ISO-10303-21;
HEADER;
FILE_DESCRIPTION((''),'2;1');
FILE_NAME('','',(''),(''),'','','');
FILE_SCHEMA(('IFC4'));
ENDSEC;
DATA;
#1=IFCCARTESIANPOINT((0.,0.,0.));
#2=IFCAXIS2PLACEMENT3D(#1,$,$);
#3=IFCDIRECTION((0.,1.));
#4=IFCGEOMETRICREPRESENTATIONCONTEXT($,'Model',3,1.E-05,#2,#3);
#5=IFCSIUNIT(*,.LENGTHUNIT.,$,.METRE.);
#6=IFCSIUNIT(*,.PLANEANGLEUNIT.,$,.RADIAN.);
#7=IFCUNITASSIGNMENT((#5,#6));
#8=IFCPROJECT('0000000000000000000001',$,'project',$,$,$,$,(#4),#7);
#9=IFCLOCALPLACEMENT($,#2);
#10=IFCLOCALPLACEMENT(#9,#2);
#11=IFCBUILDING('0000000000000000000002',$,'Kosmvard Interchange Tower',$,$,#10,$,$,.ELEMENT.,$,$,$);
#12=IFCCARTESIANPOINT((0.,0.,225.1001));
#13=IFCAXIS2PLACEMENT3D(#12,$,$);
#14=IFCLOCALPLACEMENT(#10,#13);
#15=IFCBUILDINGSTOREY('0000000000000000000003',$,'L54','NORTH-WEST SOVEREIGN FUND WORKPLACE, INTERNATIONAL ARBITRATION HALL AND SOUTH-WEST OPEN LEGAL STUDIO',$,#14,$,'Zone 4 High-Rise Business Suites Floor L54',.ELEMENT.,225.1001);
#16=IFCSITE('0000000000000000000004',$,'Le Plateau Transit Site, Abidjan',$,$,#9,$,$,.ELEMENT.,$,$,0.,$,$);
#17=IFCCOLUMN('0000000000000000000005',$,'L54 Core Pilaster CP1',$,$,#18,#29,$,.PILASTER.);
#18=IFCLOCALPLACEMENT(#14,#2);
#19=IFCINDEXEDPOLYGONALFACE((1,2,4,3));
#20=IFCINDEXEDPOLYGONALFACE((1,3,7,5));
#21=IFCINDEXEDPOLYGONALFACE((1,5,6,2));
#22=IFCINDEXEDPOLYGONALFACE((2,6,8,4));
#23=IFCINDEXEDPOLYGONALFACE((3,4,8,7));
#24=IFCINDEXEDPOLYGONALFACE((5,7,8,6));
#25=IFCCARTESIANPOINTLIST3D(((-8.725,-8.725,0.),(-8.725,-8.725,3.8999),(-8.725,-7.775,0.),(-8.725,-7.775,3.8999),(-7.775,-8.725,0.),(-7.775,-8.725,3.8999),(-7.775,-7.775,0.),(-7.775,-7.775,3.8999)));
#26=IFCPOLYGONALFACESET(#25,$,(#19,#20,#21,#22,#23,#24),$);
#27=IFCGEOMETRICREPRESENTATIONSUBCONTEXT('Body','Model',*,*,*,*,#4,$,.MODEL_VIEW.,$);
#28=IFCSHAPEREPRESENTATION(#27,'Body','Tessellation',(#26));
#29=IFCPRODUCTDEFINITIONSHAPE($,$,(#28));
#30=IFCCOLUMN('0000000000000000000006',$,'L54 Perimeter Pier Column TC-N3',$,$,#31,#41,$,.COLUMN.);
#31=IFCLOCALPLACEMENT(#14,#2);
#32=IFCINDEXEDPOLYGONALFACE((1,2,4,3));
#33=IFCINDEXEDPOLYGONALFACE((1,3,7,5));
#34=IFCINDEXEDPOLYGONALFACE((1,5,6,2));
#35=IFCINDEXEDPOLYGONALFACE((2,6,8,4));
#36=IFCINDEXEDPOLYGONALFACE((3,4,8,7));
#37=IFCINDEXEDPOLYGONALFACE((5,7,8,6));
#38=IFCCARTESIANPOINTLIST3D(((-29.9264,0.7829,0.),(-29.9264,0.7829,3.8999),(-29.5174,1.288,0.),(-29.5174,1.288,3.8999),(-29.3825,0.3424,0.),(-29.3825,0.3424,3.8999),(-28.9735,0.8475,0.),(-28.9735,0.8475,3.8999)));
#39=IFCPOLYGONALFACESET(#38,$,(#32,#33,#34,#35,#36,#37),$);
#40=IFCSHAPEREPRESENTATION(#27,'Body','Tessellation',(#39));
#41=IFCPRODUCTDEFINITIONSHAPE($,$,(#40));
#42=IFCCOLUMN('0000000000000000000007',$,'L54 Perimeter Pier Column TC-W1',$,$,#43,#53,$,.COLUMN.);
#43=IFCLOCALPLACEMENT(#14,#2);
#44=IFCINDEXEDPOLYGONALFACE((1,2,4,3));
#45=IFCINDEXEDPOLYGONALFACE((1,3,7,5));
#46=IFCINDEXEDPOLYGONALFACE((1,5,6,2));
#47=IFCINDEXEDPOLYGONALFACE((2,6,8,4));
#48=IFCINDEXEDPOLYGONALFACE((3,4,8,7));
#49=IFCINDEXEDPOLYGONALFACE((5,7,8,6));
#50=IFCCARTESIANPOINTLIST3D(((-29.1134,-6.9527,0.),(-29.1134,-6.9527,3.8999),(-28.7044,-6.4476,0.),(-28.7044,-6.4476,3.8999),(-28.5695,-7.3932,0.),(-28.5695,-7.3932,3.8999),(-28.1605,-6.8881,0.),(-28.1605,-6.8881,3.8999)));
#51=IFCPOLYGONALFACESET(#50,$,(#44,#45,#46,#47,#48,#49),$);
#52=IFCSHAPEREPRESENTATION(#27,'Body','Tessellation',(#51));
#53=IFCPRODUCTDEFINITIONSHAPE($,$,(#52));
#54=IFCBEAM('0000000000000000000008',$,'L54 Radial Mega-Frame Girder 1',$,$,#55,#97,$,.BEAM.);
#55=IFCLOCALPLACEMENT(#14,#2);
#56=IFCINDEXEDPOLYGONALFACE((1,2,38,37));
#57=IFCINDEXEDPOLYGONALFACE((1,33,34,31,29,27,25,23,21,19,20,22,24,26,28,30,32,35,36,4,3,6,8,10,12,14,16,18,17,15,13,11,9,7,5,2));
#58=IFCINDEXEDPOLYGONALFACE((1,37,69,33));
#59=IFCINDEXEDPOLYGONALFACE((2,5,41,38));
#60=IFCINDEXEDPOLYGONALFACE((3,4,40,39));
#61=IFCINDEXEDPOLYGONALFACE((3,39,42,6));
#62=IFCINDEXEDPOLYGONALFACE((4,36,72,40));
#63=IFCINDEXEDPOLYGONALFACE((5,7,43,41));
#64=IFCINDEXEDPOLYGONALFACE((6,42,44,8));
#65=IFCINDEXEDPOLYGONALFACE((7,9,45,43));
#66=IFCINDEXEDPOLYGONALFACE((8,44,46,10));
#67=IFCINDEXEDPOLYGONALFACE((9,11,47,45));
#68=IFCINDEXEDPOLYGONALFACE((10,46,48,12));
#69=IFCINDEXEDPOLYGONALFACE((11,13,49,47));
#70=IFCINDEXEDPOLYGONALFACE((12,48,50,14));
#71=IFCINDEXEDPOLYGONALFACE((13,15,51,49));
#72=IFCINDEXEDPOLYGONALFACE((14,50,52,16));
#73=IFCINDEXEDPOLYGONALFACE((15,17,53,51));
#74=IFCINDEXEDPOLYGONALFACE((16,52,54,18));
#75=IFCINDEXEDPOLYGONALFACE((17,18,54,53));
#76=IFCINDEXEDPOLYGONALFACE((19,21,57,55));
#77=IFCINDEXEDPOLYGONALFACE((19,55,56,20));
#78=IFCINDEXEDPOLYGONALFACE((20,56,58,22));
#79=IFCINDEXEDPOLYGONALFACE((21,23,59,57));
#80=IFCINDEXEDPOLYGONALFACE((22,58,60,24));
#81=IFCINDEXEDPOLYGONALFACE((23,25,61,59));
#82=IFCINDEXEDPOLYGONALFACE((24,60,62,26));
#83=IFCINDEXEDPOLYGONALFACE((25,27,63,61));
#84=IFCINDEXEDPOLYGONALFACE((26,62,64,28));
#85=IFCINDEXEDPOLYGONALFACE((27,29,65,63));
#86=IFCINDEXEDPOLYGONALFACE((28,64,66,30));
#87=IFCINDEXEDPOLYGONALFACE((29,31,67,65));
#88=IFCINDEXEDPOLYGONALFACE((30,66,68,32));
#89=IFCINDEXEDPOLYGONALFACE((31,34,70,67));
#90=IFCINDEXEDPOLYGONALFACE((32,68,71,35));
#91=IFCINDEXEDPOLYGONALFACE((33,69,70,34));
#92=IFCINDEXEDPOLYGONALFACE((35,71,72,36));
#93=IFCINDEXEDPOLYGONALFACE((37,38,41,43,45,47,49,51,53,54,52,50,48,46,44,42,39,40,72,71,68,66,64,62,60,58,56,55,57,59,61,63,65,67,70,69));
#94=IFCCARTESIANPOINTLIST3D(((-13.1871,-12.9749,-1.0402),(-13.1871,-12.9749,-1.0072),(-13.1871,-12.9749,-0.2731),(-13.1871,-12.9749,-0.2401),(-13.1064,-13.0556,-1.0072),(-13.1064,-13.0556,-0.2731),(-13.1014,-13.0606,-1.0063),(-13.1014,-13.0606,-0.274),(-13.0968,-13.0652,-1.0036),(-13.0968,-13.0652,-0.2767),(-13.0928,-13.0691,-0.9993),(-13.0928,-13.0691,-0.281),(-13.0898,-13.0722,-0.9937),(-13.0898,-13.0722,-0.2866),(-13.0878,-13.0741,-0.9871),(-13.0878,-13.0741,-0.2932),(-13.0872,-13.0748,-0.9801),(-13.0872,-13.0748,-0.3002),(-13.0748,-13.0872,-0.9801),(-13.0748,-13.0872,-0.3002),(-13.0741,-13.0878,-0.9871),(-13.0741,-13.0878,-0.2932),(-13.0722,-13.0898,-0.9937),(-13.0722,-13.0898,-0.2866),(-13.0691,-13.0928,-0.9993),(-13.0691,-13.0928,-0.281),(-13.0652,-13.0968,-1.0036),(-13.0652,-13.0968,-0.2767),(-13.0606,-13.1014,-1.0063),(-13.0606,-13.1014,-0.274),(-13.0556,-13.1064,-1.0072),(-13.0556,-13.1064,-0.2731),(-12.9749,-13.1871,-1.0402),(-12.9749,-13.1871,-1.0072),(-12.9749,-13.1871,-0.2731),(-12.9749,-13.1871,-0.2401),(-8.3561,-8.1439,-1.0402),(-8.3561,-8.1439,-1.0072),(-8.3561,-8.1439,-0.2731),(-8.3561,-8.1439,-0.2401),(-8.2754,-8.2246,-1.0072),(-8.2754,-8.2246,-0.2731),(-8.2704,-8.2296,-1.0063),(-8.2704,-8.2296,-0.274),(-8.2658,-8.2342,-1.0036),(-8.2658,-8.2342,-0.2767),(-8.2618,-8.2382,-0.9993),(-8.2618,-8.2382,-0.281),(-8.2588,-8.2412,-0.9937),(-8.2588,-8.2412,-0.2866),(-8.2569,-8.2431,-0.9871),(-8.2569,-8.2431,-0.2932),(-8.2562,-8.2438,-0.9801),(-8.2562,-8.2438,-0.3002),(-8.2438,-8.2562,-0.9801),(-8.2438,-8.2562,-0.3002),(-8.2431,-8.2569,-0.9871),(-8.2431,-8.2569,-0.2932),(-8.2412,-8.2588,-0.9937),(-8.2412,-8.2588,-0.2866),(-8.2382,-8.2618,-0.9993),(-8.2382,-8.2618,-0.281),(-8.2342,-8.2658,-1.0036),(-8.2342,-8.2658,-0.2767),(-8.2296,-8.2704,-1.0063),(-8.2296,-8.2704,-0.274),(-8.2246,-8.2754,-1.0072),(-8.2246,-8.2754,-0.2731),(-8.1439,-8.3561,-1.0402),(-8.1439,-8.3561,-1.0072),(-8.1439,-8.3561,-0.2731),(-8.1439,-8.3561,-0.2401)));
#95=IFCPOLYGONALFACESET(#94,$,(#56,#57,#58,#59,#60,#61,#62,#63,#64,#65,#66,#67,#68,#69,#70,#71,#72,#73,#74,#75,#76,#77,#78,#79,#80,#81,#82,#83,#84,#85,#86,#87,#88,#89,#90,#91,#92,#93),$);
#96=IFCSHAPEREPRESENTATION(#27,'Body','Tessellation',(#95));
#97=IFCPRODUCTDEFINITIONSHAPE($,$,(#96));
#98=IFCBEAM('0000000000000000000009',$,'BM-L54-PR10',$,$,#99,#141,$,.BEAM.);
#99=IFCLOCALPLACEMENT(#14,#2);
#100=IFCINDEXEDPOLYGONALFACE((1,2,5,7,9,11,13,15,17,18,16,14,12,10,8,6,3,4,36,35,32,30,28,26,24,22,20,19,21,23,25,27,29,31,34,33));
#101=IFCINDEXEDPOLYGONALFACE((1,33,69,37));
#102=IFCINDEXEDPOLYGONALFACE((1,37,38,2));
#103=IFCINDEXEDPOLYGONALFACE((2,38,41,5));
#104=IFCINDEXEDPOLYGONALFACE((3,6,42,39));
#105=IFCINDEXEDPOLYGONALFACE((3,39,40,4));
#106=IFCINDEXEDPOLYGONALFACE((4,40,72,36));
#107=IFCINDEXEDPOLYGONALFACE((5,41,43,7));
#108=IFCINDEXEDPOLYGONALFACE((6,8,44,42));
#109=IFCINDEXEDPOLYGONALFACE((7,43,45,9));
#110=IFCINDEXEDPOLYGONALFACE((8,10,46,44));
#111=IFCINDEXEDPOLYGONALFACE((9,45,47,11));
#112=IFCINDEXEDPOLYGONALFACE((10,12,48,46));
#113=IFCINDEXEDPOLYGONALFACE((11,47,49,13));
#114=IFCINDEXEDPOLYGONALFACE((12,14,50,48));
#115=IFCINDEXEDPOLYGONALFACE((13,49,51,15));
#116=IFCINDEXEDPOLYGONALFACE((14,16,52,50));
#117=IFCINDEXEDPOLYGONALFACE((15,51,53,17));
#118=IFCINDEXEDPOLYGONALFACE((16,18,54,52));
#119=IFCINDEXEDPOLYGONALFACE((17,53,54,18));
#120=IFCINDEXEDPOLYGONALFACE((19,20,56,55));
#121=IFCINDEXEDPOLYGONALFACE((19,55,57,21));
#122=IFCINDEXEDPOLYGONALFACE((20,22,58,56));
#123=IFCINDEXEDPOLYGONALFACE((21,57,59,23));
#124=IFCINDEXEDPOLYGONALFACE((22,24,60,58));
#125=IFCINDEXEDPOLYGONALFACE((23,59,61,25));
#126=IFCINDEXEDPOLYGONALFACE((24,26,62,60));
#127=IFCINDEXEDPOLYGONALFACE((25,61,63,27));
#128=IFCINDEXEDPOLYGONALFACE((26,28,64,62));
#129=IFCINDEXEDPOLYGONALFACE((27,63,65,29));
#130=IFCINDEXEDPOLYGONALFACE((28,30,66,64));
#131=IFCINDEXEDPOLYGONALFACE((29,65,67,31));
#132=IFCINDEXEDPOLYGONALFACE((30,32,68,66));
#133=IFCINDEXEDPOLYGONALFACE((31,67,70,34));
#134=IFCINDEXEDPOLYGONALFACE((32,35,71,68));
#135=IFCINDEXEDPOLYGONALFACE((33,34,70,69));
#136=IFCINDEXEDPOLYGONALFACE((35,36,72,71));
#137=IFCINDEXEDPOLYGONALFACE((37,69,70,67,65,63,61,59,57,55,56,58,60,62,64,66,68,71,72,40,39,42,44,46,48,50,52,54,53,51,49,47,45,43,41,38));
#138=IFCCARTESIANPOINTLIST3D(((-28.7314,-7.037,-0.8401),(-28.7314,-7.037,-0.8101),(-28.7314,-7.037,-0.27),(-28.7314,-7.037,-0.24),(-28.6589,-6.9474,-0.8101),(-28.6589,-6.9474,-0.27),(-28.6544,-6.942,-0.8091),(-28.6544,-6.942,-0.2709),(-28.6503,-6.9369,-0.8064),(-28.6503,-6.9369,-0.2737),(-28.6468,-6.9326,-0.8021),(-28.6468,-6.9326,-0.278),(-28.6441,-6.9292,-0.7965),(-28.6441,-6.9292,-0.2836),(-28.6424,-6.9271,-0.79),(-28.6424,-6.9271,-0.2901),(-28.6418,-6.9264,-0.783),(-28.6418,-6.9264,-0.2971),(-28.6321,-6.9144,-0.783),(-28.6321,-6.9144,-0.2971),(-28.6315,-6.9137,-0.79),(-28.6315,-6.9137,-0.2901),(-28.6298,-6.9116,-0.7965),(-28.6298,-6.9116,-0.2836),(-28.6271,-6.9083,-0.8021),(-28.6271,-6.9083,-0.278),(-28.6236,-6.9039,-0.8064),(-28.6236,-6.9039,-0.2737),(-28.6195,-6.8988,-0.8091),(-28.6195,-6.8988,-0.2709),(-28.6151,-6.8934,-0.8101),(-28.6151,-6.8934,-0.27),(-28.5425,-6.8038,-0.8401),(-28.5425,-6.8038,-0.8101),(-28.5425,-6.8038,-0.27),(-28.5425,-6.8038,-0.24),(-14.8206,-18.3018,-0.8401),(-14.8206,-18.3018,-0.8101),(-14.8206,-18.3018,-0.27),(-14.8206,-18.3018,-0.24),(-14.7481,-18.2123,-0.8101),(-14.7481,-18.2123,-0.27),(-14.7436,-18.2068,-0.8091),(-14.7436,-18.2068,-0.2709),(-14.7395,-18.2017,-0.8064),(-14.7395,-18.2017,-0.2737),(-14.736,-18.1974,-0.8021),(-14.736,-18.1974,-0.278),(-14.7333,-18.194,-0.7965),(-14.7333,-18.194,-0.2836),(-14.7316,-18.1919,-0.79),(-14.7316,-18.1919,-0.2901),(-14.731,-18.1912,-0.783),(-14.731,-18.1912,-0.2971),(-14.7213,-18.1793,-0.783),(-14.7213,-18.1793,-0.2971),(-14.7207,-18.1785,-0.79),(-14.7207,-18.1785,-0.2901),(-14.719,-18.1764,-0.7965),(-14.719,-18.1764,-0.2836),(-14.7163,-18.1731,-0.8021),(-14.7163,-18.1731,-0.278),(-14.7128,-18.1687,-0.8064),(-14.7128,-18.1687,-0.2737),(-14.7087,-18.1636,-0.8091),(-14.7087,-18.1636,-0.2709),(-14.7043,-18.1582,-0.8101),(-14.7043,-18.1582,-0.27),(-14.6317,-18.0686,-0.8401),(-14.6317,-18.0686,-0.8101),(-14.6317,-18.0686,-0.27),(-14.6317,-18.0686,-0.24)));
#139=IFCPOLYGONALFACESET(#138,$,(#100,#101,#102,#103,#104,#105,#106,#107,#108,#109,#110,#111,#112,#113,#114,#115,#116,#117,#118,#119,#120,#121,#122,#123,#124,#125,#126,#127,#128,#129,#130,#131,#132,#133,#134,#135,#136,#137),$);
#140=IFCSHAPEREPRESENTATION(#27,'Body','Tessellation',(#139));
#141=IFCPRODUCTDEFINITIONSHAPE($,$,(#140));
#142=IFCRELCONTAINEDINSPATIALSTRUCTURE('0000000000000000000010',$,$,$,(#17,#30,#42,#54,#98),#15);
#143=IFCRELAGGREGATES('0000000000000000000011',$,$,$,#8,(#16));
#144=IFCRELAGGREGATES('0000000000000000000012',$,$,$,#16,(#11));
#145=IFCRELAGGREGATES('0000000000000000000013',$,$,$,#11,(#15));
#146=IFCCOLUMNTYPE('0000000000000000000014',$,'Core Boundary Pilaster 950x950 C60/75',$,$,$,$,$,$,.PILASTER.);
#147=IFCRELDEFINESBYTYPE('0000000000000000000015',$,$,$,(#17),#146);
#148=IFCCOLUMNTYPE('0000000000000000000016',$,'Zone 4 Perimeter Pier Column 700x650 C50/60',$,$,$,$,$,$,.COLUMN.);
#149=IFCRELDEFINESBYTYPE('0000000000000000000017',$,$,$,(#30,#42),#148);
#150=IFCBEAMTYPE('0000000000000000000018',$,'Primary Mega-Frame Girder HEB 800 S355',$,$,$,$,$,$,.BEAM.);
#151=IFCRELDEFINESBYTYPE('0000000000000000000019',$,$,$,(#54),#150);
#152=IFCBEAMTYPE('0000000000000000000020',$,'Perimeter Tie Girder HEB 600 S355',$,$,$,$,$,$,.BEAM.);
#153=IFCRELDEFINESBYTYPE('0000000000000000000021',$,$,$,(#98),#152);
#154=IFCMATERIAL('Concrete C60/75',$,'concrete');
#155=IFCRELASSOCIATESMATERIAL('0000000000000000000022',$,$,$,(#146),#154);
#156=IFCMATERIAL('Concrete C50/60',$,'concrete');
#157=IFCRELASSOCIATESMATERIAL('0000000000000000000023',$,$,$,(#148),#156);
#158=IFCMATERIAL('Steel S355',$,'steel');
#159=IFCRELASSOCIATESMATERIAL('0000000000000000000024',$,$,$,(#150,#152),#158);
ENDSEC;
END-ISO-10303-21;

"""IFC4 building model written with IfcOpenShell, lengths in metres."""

from ifc_helpers import new_model, si_unit, direction, frame, origin, origin_2d, place, context, subcontext, project, spatial, rectangle, i_section, extrude, source, transform, mapped, material, material_profile, profile_set, type_object, element, save


model = new_model("IFC4")

# Units and contexts
model_context = context("Model", 3, precision=1e-05, world=origin(), true_north=direction((0.0, 1.0)))
body_context = subcontext(model_context, "Body", "Model", "MODEL_VIEW")
ifc_project = project(units=[si_unit("LENGTHUNIT", "METRE"), si_unit("PLANEANGLEUNIT", "RADIAN")], contexts=[model_context])

# Site, building, storey
site_placement = place(None, origin())
site = spatial("IfcSite", under=ifc_project, at=site_placement, Name="Le Plateau Transit Site, Abidjan", CompositionType="ELEMENT", RefElevation=0.0)
building_placement = place(site_placement, origin())
building = spatial("IfcBuilding", under=site, at=building_placement, Name="Kosmvard Interchange Tower", CompositionType="ELEMENT")
storey_placement = place(building_placement, frame((0.0, 0.0, 225.1001)))
storey = spatial("IfcBuildingStorey", under=building, at=storey_placement, Name="L54", Description="NORTH-WEST SOVEREIGN FUND WORKPLACE, INTERNATIONAL ARBITRATION HALL AND SOUTH-WEST OPEN LEGAL STUDIO", LongName="Zone 4 High-Rise Business Suites Floor L54", CompositionType="ELEMENT", Elevation=225.1001)

# Columns
ifc_material_1 = material(Name="Concrete C60/75", Category="concrete")
ifc_material_profile_1 = material_profile(ifc_material_1, rectangle(XDim=0.95, YDim=0.95, at=origin_2d()), Name="CP 950x950")
ifc_profile_set_1 = profile_set([ifc_material_profile_1], Name="Concrete C60/75")
column_type_1 = type_object("IfcColumnType", Name="Core Boundary Pilaster 950x950 C60/75", PredefinedType="PILASTER", material=ifc_profile_set_1)
shared_shape_1 = source(origin(), body_context, "Body", "SweptSolid", [
    extrude(rectangle(XDim=0.95, YDim=0.95, at=origin_2d()), origin(), (0.0, 0.0, 1.0), 3.8999),
])
column_placement = place(storey_placement, frame((-8.25, -8.25, 0.0), z_axis=(0.0, 0.0, 1.0), x_axis=(1.0, 0.0, 0.0)))
element("IfcColumn", 1, at=column_placement, inside=storey, type_object=column_type_1, Name="L54 Core Pilaster CP1", PredefinedType="PILASTER", context=body_context, shape_type="MappedRepresentation", body=[
    mapped(shared_shape_1, transform((0.0, 0.0, 0.0), scale=1.0)),
])
ifc_material_2 = material(Name="Concrete C50/60", Category="concrete")
ifc_material_profile_2 = material_profile(ifc_material_2, rectangle(XDim=0.6499, YDim=0.7, at=origin_2d()), Name="TC 700x650")
ifc_profile_set_2 = profile_set([ifc_material_profile_2], Name="Concrete C50/60")
column_type_2 = type_object("IfcColumnType", Name="Zone 4 Perimeter Pier Column 700x650 C50/60", PredefinedType="COLUMN", material=ifc_profile_set_2)
shared_shape_2 = source(origin(), body_context, "Body", "SweptSolid", [
    extrude(rectangle(XDim=0.6499, YDim=0.7, at=origin_2d()), origin(), (0.0, 0.0, 1.0), 3.8999),
])
for number, where, z_axis, x_axis, name in (
    (2, (-29.45, 0.8152, 0.0), (0.0, 0.0, 1.0), (0.62932, 0.777146, 0.0), "L54 Perimeter Pier Column TC-N3"),
    (3, (-28.637, -6.9204, 0.0), (0.0, 0.0, 1.0), (0.62932, 0.777146, 0.0), "L54 Perimeter Pier Column TC-W1"),
):
    element("IfcColumn", number, at=place(storey_placement, frame(where, z_axis=z_axis, x_axis=x_axis)), inside=storey, type_object=column_type_2, Name=name, PredefinedType="COLUMN", context=body_context, shape_type="MappedRepresentation", body=[
        mapped(shared_shape_2, transform((0.0, 0.0, 0.0), scale=1.0)),
    ])

# Beams
ifc_material_3 = material(Name="Steel S355", Category="steel")
ifc_material_profile_3 = material_profile(ifc_material_3, i_section(OverallWidth=0.3, OverallDepth=0.8, WebThickness=0.0176, FlangeThickness=0.033, FilletRadius=0.0271, at=origin_2d()), Name="HEB 800")
ifc_profile_set_3 = profile_set([ifc_material_profile_3], Name="Steel S355")
beam_type_1 = type_object("IfcBeamType", Name="Primary Mega-Frame Girder HEB 800 S355", PredefinedType="BEAM", material=ifc_profile_set_3)
shared_shape_3 = source(origin(), body_context, "Body", "SweptSolid", [
    extrude(i_section(OverallWidth=0.3, OverallDepth=0.8, WebThickness=0.0176, FlangeThickness=0.033, FilletRadius=0.0271, at=origin_2d()), origin(), (0.0, 0.0, 1.0), 6.832),
])
beam_1_placement = place(storey_placement, frame((-8.25, -8.25, -0.6401), z_axis=(-0.707107, -0.707107, 0.0), x_axis=(0.707107, -0.707107, 0.0)))
element("IfcBeam", 4, at=beam_1_placement, inside=storey, type_object=beam_type_1, Name="L54 Radial Mega-Frame Girder 1", PredefinedType="BEAM", context=body_context, shape_type="MappedRepresentation", body=[
    mapped(shared_shape_3, transform((0.0, 0.0, 0.0), scale=1.0)),
])
ifc_material_profile_4 = material_profile(ifc_material_3, i_section(OverallWidth=0.3, OverallDepth=0.6001, WebThickness=0.0154, FlangeThickness=0.03, FilletRadius=0.0271, at=origin_2d()), Name="HEB 600")
ifc_profile_set_4 = profile_set([ifc_material_profile_4], Name="Steel S355")
beam_type_2 = type_object("IfcBeamType", Name="Perimeter Tie Girder HEB 600 S355", PredefinedType="BEAM", material=ifc_profile_set_4)
shared_shape_4 = source(origin(), body_context, "Body", "SweptSolid", [
    extrude(i_section(OverallWidth=0.3, OverallDepth=0.6001, WebThickness=0.0154, FlangeThickness=0.03, FilletRadius=0.0271, at=origin_2d()), origin(), (0.0, 0.0, 1.0), 17.8999),
])
beam_2_placement = place(storey_placement, frame((-28.637, -6.9204, -0.54), z_axis=(0.777144, -0.629323, 0.0), x_axis=(0.629323, 0.777144, 0.0)))
element("IfcBeam", 5, at=beam_2_placement, inside=storey, type_object=beam_type_2, Name="BM-L54-PR10", PredefinedType="BEAM", context=body_context, shape_type="MappedRepresentation", body=[
    mapped(shared_shape_4, transform((0.0, 0.0, 0.0), scale=1.0)),
])

save(model, "model.ifc")
